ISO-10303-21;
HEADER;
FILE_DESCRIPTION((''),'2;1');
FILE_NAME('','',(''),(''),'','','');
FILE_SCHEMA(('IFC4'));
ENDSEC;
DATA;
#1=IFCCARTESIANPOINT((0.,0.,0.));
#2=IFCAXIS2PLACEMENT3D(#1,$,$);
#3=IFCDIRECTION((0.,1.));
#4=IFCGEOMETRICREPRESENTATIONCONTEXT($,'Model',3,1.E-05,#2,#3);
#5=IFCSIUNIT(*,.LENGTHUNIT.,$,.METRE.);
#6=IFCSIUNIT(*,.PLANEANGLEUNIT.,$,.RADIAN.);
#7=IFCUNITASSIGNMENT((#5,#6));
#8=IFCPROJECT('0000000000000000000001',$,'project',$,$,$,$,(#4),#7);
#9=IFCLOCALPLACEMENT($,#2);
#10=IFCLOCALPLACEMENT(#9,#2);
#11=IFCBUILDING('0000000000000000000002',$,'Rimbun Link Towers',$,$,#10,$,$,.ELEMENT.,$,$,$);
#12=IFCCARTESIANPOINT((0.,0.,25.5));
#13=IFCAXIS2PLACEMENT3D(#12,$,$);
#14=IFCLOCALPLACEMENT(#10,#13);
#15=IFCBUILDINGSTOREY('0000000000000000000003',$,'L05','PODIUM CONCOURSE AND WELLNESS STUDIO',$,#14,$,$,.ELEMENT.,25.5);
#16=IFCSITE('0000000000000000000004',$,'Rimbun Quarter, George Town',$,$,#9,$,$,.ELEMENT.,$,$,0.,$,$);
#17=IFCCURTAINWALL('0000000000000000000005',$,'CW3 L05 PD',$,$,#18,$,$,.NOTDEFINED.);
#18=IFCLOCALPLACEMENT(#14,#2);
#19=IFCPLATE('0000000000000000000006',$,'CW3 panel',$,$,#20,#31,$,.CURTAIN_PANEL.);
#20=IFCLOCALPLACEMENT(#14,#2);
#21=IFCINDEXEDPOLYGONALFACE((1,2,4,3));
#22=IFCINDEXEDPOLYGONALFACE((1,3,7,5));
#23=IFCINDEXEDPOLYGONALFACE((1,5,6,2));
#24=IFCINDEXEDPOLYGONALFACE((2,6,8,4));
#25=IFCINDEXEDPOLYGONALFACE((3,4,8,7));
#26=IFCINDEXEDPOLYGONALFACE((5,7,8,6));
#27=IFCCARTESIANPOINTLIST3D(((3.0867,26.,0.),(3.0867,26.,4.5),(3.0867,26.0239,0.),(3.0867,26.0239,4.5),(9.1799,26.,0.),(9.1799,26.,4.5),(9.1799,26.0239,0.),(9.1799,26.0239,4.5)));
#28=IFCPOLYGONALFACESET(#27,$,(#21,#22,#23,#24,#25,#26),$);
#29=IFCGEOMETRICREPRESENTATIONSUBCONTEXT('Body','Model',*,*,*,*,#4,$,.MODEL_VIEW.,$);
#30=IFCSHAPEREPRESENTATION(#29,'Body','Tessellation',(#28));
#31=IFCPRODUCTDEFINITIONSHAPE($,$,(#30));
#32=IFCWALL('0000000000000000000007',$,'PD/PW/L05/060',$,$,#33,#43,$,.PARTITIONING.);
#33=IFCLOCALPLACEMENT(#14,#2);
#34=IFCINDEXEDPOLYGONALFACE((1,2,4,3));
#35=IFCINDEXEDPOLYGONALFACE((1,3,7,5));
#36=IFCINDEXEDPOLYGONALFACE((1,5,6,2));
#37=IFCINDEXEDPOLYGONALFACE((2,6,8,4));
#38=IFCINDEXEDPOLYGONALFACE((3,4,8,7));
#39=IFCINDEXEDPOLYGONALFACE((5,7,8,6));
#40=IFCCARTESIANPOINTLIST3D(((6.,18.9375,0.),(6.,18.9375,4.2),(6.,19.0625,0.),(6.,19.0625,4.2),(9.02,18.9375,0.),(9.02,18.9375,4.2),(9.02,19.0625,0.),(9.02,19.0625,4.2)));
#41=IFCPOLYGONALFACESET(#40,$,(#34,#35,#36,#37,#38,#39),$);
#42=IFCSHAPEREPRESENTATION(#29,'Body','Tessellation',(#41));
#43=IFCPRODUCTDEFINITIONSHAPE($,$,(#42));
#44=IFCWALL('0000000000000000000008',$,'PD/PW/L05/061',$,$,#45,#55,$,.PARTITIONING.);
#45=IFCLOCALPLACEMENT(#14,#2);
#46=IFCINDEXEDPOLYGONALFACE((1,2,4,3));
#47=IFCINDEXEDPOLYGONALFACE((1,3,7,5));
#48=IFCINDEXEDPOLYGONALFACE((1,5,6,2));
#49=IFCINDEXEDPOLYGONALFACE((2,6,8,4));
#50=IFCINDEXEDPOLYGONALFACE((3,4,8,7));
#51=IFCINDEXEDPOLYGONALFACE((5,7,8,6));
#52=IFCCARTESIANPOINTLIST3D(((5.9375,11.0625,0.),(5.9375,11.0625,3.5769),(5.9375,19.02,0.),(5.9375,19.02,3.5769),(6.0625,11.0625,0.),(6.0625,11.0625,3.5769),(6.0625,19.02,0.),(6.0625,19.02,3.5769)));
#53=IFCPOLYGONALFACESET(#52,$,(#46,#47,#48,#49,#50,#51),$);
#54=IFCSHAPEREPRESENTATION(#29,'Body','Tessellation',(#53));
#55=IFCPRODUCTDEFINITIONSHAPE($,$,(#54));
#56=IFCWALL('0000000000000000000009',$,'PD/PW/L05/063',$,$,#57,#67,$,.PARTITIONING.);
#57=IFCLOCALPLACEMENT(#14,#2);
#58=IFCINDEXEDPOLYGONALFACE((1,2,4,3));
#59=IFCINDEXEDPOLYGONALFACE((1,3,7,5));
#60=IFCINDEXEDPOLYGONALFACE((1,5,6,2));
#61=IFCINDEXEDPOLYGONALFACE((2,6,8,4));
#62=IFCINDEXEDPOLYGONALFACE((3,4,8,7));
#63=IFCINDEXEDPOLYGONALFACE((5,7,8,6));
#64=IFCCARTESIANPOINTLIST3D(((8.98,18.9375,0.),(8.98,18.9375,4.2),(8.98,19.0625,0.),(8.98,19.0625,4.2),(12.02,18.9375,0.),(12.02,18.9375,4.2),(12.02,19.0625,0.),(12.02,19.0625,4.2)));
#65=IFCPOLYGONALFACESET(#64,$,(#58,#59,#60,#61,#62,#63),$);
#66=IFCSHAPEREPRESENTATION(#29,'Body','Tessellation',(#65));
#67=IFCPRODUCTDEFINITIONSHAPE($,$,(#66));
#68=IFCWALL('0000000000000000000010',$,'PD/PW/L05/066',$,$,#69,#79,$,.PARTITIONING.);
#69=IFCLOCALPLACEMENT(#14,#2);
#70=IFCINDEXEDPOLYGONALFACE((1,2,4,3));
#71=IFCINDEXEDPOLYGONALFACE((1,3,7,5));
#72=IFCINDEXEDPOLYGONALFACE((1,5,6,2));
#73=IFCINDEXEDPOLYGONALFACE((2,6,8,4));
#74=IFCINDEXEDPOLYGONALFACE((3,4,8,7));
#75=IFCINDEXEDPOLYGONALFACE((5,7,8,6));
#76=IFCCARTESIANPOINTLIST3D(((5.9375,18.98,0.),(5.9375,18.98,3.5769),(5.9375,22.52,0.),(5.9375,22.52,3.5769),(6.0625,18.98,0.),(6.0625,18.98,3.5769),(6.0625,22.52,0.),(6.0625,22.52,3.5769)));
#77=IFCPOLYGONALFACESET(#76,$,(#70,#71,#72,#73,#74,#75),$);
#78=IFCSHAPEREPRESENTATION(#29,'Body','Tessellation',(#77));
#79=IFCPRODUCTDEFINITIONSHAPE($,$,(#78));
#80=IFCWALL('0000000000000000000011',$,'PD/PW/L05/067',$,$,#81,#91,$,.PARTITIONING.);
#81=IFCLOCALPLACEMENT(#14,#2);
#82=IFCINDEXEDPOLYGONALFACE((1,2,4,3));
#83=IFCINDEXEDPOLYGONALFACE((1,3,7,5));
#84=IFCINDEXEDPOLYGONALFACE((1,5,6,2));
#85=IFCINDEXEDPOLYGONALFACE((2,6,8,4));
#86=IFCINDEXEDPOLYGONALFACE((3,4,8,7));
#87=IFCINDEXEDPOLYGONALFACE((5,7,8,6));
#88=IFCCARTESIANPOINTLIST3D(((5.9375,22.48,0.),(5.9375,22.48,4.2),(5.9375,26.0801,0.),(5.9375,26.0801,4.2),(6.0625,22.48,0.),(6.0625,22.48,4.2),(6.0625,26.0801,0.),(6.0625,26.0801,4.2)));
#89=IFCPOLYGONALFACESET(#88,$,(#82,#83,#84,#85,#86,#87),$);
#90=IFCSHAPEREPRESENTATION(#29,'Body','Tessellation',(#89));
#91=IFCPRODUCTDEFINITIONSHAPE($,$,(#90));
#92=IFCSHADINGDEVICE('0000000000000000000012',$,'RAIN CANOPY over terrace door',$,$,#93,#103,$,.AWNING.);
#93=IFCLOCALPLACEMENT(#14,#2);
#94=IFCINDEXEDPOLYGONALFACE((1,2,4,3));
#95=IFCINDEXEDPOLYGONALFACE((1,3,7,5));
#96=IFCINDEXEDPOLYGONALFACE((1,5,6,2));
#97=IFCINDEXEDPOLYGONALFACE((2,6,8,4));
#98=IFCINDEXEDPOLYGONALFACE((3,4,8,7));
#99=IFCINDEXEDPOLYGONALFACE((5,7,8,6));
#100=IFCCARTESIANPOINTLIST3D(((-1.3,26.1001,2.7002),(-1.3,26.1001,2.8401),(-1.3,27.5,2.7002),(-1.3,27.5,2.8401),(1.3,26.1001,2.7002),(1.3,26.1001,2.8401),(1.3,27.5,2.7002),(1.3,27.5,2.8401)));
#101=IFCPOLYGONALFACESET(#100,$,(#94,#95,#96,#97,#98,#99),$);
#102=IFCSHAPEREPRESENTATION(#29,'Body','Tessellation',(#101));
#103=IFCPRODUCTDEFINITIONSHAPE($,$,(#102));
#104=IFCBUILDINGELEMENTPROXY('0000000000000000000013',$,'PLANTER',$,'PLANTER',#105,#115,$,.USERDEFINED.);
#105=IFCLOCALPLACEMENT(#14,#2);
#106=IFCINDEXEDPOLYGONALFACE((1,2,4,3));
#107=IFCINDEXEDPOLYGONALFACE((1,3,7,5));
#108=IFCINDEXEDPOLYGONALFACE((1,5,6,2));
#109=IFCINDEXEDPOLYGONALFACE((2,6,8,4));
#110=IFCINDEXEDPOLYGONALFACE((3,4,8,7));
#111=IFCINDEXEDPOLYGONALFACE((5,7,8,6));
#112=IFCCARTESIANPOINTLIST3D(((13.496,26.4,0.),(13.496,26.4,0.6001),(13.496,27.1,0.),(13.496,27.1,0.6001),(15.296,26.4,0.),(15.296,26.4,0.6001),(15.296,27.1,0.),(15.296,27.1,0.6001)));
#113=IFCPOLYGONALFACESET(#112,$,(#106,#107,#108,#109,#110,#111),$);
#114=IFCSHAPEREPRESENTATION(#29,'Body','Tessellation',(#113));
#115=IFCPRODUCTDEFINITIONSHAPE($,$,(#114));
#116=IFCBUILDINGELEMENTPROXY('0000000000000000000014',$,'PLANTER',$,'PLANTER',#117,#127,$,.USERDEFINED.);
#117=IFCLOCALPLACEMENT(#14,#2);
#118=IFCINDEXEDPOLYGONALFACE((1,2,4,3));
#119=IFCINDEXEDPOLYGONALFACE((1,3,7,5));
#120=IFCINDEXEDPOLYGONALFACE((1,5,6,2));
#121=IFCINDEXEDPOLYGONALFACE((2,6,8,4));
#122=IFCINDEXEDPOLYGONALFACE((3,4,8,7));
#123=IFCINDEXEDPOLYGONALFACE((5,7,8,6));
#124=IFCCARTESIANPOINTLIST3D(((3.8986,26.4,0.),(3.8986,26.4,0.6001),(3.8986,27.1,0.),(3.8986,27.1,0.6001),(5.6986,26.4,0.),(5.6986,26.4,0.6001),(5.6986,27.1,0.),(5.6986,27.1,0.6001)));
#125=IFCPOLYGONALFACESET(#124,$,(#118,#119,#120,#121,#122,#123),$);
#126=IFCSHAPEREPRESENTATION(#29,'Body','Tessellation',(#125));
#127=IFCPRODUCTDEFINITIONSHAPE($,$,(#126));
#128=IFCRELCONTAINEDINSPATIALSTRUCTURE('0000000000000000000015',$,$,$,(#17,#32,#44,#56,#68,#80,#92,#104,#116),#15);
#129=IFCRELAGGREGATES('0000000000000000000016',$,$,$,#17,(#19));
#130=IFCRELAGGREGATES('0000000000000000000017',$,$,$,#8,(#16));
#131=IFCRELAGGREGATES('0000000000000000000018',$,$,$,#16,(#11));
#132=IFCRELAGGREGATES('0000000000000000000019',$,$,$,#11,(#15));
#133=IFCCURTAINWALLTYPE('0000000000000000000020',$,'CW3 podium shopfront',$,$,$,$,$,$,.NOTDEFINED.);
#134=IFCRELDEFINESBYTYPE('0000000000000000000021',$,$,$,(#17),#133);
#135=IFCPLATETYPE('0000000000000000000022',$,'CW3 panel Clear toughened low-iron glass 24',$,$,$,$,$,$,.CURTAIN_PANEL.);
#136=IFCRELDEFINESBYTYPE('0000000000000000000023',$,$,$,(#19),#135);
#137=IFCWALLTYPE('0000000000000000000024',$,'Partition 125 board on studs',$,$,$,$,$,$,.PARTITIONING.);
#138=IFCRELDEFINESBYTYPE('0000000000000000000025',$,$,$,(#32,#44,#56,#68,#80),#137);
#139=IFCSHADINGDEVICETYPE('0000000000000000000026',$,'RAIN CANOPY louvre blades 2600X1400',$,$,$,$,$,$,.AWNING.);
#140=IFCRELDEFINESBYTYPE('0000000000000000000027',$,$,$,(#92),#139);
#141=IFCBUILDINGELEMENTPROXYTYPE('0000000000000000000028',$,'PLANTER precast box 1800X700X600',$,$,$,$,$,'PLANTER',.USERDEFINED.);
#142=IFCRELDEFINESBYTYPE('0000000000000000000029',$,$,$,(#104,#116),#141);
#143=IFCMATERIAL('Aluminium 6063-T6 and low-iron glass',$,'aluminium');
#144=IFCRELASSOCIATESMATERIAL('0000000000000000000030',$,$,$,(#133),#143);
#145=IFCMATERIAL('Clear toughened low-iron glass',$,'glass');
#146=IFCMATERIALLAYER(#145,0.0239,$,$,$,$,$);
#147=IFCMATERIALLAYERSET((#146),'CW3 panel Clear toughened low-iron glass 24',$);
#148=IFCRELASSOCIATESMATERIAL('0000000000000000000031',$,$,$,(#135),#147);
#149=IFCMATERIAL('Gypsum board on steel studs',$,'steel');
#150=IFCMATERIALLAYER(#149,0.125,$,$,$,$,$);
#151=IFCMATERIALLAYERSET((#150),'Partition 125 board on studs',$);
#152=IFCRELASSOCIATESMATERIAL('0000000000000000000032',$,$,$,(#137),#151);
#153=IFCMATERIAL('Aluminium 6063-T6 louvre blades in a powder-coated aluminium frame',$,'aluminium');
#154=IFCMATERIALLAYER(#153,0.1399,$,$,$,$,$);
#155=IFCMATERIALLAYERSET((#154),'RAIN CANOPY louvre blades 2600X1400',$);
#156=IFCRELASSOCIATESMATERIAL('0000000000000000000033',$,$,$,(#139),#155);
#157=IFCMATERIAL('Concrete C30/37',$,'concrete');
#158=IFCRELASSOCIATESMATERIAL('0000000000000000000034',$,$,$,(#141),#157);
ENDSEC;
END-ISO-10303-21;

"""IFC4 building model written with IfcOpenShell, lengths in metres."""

from ifc_helpers import new_model, si_unit, direction, frame, frame_2d, origin, origin_2d, place, context, subcontext, project, spatial, rectangle, extrude, material, layer, layer_set, type_object, element, aggregate, save


model = new_model("IFC4")

# Units and contexts
model_context = context("Model", 3, precision=1e-05, world=origin(), true_north=direction((0.0, 1.0)))
body_context = subcontext(model_context, "Body", "Model", "MODEL_VIEW")
ifc_project = project(units=[si_unit("LENGTHUNIT", "METRE"), si_unit("PLANEANGLEUNIT", "RADIAN")], contexts=[model_context])

# Site, building, storey
site_placement = place(None, origin())
site = spatial("IfcSite", under=ifc_project, at=site_placement, Name="Rimbun Quarter, George Town", CompositionType="ELEMENT", RefElevation=0.0)
building_placement = place(site_placement, origin())
building = spatial("IfcBuilding", under=site, at=building_placement, Name="Rimbun Link Towers", CompositionType="ELEMENT")
storey_placement = place(building_placement, frame((0.0, 0.0, 25.5)))
storey = spatial("IfcBuildingStorey", under=building, at=storey_placement, Name="L05", Description="PODIUM CONCOURSE AND WELLNESS STUDIO", CompositionType="ELEMENT", Elevation=25.5)

# Curtain wall
ifc_material_1 = material(Name="Aluminium 6063-T6 and low-iron glass", Category="aluminium")
curtain_wall_type = type_object("IfcCurtainWallType", Name="CW3 podium shopfront", PredefinedType="NOTDEFINED", material=ifc_material_1)
curtain_wall_placement = place(storey_placement, origin())
curtain_wall = element("IfcCurtainWall", 1, at=curtain_wall_placement, inside=storey, type_object=curtain_wall_type, Name="CW3 L05 PD", PredefinedType="NOTDEFINED")

# Plate
ifc_material_2 = material(Name="Clear toughened low-iron glass", Category="glass")
ifc_layer_1 = layer(ifc_material_2, 0.0239)
ifc_layer_set_1 = layer_set([ifc_layer_1], Name="CW3 panel Clear toughened low-iron glass 24")
plate_type = type_object("IfcPlateType", Name="CW3 panel Clear toughened low-iron glass 24", PredefinedType="CURTAIN_PANEL", material=ifc_layer_set_1)
plate_1_placement = place(storey_placement, frame((6.1333, 26.012, 0.0), z_axis=(0.0, 0.0, 1.0), x_axis=(1.0, 0.0, 0.0)))
plate_1 = element("IfcPlate", 2, at=plate_1_placement, type_object=plate_type, Name="CW3 panel", PredefinedType="CURTAIN_PANEL", context=body_context, shape_type="SweptSolid", body=[
    extrude(rectangle(XDim=6.0933, YDim=0.0239, at=origin_2d()), origin(), (0.0, 0.0, 1.0), 4.5),
])
aggregate(curtain_wall, [plate_1])

# Walls
ifc_material_3 = material(Name="Gypsum board on steel studs", Category="steel")
ifc_layer_2 = layer(ifc_material_3, 0.125)
ifc_layer_set_2 = layer_set([ifc_layer_2], Name="Partition 125 board on studs")
wall_type = type_object("IfcWallType", Name="Partition 125 board on studs", PredefinedType="PARTITIONING", material=ifc_layer_set_2)
wall_1_placement = place(storey_placement, frame((9.02, 19.0, 0.0), z_axis=(0.0, 0.0, 1.0), x_axis=(-1.0, 0.0, 0.0)))
element("IfcWall", 3, at=wall_1_placement, inside=storey, type_object=wall_type, Name="PD/PW/L05/060", PredefinedType="PARTITIONING", context=body_context, shape_type="SweptSolid", body=[
    extrude(rectangle(XDim=3.02, YDim=0.125, at=frame_2d((1.51, 0.0))), origin(), (0.0, 0.0, 1.0), 4.2),
])
wall_2_placement = place(storey_placement, frame((6.0, 19.02, 0.0), z_axis=(0.0, 0.0, 1.0), x_axis=(0.0, -1.0, 0.0)))
element("IfcWall", 4, at=wall_2_placement, inside=storey, type_object=wall_type, Name="PD/PW/L05/061", PredefinedType="PARTITIONING", context=body_context, shape_type="SweptSolid", body=[
    extrude(rectangle(XDim=7.9575, YDim=0.125, at=frame_2d((3.9788, 0.0))), origin(), (0.0, 0.0, 1.0), 3.5769),
])
wall_3_placement = place(storey_placement, frame((12.02, 19.0, 0.0), z_axis=(0.0, 0.0, 1.0), x_axis=(-1.0, 0.0, 0.0)))
element("IfcWall", 5, at=wall_3_placement, inside=storey, type_object=wall_type, Name="PD/PW/L05/063", PredefinedType="PARTITIONING", context=body_context, shape_type="SweptSolid", body=[
    extrude(rectangle(XDim=3.04, YDim=0.125, at=frame_2d((1.52, 0.0))), origin(), (0.0, 0.0, 1.0), 4.2),
])
wall_4_placement = place(storey_placement, frame((6.0, 22.52, 0.0), z_axis=(0.0, 0.0, 1.0), x_axis=(0.0, -1.0, 0.0)))
element("IfcWall", 6, at=wall_4_placement, inside=storey, type_object=wall_type, Name="PD/PW/L05/066", PredefinedType="PARTITIONING", context=body_context, shape_type="SweptSolid", body=[
    extrude(rectangle(XDim=3.54, YDim=0.125, at=frame_2d((1.77, 0.0))), origin(), (0.0, 0.0, 1.0), 3.5769),
])
wall_5_placement = place(storey_placement, frame((6.0, 26.0801, 0.0), z_axis=(0.0, 0.0, 1.0), x_axis=(0.0, -1.0, 0.0)))
element("IfcWall", 7, at=wall_5_placement, inside=storey, type_object=wall_type, Name="PD/PW/L05/067", PredefinedType="PARTITIONING", context=body_context, shape_type="SweptSolid", body=[
    extrude(rectangle(XDim=3.6001, YDim=0.125, at=frame_2d((1.8, 0.0))), origin(), (0.0, 0.0, 1.0), 4.2),
])

# Shading device
ifc_material_4 = material(Name="Aluminium 6063-T6 louvre blades in a powder-coated aluminium frame", Category="aluminium")
ifc_layer_3 = layer(ifc_material_4, 0.1399)
ifc_layer_set_3 = layer_set([ifc_layer_3], Name="RAIN CANOPY louvre blades 2600X1400")
shading_device_type = type_object("IfcShadingDeviceType", Name="RAIN CANOPY louvre blades 2600X1400", PredefinedType="AWNING", material=ifc_layer_set_3)
shading_device_placement = place(storey_placement, frame((0.0, 26.8, 2.7002), z_axis=(0.0, 0.0, 1.0), x_axis=(1.0, 0.0, 0.0)))
element("IfcShadingDevice", 8, at=shading_device_placement, inside=storey, type_object=shading_device_type, Name="RAIN CANOPY over terrace door", PredefinedType="AWNING", context=body_context, shape_type="SweptSolid", body=[
    extrude(rectangle(XDim=2.6001, YDim=1.3999, at=origin_2d()), origin(), (0.0, 0.0, 1.0), 0.1399),
])

# Building element proxies
ifc_material_5 = material(Name="Concrete C30/37", Category="concrete")
building_element_proxy_type = type_object("IfcBuildingElementProxyType", Name="PLANTER precast box 1800X700X600", ElementType="PLANTER", PredefinedType="USERDEFINED", material=ifc_material_5)
for number, where, z_axis, x_axis, name in (
    (9, (14.396, 26.75, 0.0), (0.0, 0.0, 1.0), (-1.0, 0.0, 0.0), "PLANTER"),
    (10, (4.7986, 26.75, 0.0), (0.0, 0.0, 1.0), (-1.0, 0.0, 0.0), "PLANTER"),
):
    element("IfcBuildingElementProxy", number, at=place(storey_placement, frame(where, z_axis=z_axis, x_axis=x_axis)), inside=storey, type_object=building_element_proxy_type, Name=name, ObjectType="PLANTER", PredefinedType="USERDEFINED", context=body_context, shape_type="SweptSolid", body=[
        extrude(rectangle(XDim=1.8, YDim=0.7, at=origin_2d()), origin(), (0.0, 0.0, 1.0), 0.6001),
    ])

save(model, "model.ifc")
